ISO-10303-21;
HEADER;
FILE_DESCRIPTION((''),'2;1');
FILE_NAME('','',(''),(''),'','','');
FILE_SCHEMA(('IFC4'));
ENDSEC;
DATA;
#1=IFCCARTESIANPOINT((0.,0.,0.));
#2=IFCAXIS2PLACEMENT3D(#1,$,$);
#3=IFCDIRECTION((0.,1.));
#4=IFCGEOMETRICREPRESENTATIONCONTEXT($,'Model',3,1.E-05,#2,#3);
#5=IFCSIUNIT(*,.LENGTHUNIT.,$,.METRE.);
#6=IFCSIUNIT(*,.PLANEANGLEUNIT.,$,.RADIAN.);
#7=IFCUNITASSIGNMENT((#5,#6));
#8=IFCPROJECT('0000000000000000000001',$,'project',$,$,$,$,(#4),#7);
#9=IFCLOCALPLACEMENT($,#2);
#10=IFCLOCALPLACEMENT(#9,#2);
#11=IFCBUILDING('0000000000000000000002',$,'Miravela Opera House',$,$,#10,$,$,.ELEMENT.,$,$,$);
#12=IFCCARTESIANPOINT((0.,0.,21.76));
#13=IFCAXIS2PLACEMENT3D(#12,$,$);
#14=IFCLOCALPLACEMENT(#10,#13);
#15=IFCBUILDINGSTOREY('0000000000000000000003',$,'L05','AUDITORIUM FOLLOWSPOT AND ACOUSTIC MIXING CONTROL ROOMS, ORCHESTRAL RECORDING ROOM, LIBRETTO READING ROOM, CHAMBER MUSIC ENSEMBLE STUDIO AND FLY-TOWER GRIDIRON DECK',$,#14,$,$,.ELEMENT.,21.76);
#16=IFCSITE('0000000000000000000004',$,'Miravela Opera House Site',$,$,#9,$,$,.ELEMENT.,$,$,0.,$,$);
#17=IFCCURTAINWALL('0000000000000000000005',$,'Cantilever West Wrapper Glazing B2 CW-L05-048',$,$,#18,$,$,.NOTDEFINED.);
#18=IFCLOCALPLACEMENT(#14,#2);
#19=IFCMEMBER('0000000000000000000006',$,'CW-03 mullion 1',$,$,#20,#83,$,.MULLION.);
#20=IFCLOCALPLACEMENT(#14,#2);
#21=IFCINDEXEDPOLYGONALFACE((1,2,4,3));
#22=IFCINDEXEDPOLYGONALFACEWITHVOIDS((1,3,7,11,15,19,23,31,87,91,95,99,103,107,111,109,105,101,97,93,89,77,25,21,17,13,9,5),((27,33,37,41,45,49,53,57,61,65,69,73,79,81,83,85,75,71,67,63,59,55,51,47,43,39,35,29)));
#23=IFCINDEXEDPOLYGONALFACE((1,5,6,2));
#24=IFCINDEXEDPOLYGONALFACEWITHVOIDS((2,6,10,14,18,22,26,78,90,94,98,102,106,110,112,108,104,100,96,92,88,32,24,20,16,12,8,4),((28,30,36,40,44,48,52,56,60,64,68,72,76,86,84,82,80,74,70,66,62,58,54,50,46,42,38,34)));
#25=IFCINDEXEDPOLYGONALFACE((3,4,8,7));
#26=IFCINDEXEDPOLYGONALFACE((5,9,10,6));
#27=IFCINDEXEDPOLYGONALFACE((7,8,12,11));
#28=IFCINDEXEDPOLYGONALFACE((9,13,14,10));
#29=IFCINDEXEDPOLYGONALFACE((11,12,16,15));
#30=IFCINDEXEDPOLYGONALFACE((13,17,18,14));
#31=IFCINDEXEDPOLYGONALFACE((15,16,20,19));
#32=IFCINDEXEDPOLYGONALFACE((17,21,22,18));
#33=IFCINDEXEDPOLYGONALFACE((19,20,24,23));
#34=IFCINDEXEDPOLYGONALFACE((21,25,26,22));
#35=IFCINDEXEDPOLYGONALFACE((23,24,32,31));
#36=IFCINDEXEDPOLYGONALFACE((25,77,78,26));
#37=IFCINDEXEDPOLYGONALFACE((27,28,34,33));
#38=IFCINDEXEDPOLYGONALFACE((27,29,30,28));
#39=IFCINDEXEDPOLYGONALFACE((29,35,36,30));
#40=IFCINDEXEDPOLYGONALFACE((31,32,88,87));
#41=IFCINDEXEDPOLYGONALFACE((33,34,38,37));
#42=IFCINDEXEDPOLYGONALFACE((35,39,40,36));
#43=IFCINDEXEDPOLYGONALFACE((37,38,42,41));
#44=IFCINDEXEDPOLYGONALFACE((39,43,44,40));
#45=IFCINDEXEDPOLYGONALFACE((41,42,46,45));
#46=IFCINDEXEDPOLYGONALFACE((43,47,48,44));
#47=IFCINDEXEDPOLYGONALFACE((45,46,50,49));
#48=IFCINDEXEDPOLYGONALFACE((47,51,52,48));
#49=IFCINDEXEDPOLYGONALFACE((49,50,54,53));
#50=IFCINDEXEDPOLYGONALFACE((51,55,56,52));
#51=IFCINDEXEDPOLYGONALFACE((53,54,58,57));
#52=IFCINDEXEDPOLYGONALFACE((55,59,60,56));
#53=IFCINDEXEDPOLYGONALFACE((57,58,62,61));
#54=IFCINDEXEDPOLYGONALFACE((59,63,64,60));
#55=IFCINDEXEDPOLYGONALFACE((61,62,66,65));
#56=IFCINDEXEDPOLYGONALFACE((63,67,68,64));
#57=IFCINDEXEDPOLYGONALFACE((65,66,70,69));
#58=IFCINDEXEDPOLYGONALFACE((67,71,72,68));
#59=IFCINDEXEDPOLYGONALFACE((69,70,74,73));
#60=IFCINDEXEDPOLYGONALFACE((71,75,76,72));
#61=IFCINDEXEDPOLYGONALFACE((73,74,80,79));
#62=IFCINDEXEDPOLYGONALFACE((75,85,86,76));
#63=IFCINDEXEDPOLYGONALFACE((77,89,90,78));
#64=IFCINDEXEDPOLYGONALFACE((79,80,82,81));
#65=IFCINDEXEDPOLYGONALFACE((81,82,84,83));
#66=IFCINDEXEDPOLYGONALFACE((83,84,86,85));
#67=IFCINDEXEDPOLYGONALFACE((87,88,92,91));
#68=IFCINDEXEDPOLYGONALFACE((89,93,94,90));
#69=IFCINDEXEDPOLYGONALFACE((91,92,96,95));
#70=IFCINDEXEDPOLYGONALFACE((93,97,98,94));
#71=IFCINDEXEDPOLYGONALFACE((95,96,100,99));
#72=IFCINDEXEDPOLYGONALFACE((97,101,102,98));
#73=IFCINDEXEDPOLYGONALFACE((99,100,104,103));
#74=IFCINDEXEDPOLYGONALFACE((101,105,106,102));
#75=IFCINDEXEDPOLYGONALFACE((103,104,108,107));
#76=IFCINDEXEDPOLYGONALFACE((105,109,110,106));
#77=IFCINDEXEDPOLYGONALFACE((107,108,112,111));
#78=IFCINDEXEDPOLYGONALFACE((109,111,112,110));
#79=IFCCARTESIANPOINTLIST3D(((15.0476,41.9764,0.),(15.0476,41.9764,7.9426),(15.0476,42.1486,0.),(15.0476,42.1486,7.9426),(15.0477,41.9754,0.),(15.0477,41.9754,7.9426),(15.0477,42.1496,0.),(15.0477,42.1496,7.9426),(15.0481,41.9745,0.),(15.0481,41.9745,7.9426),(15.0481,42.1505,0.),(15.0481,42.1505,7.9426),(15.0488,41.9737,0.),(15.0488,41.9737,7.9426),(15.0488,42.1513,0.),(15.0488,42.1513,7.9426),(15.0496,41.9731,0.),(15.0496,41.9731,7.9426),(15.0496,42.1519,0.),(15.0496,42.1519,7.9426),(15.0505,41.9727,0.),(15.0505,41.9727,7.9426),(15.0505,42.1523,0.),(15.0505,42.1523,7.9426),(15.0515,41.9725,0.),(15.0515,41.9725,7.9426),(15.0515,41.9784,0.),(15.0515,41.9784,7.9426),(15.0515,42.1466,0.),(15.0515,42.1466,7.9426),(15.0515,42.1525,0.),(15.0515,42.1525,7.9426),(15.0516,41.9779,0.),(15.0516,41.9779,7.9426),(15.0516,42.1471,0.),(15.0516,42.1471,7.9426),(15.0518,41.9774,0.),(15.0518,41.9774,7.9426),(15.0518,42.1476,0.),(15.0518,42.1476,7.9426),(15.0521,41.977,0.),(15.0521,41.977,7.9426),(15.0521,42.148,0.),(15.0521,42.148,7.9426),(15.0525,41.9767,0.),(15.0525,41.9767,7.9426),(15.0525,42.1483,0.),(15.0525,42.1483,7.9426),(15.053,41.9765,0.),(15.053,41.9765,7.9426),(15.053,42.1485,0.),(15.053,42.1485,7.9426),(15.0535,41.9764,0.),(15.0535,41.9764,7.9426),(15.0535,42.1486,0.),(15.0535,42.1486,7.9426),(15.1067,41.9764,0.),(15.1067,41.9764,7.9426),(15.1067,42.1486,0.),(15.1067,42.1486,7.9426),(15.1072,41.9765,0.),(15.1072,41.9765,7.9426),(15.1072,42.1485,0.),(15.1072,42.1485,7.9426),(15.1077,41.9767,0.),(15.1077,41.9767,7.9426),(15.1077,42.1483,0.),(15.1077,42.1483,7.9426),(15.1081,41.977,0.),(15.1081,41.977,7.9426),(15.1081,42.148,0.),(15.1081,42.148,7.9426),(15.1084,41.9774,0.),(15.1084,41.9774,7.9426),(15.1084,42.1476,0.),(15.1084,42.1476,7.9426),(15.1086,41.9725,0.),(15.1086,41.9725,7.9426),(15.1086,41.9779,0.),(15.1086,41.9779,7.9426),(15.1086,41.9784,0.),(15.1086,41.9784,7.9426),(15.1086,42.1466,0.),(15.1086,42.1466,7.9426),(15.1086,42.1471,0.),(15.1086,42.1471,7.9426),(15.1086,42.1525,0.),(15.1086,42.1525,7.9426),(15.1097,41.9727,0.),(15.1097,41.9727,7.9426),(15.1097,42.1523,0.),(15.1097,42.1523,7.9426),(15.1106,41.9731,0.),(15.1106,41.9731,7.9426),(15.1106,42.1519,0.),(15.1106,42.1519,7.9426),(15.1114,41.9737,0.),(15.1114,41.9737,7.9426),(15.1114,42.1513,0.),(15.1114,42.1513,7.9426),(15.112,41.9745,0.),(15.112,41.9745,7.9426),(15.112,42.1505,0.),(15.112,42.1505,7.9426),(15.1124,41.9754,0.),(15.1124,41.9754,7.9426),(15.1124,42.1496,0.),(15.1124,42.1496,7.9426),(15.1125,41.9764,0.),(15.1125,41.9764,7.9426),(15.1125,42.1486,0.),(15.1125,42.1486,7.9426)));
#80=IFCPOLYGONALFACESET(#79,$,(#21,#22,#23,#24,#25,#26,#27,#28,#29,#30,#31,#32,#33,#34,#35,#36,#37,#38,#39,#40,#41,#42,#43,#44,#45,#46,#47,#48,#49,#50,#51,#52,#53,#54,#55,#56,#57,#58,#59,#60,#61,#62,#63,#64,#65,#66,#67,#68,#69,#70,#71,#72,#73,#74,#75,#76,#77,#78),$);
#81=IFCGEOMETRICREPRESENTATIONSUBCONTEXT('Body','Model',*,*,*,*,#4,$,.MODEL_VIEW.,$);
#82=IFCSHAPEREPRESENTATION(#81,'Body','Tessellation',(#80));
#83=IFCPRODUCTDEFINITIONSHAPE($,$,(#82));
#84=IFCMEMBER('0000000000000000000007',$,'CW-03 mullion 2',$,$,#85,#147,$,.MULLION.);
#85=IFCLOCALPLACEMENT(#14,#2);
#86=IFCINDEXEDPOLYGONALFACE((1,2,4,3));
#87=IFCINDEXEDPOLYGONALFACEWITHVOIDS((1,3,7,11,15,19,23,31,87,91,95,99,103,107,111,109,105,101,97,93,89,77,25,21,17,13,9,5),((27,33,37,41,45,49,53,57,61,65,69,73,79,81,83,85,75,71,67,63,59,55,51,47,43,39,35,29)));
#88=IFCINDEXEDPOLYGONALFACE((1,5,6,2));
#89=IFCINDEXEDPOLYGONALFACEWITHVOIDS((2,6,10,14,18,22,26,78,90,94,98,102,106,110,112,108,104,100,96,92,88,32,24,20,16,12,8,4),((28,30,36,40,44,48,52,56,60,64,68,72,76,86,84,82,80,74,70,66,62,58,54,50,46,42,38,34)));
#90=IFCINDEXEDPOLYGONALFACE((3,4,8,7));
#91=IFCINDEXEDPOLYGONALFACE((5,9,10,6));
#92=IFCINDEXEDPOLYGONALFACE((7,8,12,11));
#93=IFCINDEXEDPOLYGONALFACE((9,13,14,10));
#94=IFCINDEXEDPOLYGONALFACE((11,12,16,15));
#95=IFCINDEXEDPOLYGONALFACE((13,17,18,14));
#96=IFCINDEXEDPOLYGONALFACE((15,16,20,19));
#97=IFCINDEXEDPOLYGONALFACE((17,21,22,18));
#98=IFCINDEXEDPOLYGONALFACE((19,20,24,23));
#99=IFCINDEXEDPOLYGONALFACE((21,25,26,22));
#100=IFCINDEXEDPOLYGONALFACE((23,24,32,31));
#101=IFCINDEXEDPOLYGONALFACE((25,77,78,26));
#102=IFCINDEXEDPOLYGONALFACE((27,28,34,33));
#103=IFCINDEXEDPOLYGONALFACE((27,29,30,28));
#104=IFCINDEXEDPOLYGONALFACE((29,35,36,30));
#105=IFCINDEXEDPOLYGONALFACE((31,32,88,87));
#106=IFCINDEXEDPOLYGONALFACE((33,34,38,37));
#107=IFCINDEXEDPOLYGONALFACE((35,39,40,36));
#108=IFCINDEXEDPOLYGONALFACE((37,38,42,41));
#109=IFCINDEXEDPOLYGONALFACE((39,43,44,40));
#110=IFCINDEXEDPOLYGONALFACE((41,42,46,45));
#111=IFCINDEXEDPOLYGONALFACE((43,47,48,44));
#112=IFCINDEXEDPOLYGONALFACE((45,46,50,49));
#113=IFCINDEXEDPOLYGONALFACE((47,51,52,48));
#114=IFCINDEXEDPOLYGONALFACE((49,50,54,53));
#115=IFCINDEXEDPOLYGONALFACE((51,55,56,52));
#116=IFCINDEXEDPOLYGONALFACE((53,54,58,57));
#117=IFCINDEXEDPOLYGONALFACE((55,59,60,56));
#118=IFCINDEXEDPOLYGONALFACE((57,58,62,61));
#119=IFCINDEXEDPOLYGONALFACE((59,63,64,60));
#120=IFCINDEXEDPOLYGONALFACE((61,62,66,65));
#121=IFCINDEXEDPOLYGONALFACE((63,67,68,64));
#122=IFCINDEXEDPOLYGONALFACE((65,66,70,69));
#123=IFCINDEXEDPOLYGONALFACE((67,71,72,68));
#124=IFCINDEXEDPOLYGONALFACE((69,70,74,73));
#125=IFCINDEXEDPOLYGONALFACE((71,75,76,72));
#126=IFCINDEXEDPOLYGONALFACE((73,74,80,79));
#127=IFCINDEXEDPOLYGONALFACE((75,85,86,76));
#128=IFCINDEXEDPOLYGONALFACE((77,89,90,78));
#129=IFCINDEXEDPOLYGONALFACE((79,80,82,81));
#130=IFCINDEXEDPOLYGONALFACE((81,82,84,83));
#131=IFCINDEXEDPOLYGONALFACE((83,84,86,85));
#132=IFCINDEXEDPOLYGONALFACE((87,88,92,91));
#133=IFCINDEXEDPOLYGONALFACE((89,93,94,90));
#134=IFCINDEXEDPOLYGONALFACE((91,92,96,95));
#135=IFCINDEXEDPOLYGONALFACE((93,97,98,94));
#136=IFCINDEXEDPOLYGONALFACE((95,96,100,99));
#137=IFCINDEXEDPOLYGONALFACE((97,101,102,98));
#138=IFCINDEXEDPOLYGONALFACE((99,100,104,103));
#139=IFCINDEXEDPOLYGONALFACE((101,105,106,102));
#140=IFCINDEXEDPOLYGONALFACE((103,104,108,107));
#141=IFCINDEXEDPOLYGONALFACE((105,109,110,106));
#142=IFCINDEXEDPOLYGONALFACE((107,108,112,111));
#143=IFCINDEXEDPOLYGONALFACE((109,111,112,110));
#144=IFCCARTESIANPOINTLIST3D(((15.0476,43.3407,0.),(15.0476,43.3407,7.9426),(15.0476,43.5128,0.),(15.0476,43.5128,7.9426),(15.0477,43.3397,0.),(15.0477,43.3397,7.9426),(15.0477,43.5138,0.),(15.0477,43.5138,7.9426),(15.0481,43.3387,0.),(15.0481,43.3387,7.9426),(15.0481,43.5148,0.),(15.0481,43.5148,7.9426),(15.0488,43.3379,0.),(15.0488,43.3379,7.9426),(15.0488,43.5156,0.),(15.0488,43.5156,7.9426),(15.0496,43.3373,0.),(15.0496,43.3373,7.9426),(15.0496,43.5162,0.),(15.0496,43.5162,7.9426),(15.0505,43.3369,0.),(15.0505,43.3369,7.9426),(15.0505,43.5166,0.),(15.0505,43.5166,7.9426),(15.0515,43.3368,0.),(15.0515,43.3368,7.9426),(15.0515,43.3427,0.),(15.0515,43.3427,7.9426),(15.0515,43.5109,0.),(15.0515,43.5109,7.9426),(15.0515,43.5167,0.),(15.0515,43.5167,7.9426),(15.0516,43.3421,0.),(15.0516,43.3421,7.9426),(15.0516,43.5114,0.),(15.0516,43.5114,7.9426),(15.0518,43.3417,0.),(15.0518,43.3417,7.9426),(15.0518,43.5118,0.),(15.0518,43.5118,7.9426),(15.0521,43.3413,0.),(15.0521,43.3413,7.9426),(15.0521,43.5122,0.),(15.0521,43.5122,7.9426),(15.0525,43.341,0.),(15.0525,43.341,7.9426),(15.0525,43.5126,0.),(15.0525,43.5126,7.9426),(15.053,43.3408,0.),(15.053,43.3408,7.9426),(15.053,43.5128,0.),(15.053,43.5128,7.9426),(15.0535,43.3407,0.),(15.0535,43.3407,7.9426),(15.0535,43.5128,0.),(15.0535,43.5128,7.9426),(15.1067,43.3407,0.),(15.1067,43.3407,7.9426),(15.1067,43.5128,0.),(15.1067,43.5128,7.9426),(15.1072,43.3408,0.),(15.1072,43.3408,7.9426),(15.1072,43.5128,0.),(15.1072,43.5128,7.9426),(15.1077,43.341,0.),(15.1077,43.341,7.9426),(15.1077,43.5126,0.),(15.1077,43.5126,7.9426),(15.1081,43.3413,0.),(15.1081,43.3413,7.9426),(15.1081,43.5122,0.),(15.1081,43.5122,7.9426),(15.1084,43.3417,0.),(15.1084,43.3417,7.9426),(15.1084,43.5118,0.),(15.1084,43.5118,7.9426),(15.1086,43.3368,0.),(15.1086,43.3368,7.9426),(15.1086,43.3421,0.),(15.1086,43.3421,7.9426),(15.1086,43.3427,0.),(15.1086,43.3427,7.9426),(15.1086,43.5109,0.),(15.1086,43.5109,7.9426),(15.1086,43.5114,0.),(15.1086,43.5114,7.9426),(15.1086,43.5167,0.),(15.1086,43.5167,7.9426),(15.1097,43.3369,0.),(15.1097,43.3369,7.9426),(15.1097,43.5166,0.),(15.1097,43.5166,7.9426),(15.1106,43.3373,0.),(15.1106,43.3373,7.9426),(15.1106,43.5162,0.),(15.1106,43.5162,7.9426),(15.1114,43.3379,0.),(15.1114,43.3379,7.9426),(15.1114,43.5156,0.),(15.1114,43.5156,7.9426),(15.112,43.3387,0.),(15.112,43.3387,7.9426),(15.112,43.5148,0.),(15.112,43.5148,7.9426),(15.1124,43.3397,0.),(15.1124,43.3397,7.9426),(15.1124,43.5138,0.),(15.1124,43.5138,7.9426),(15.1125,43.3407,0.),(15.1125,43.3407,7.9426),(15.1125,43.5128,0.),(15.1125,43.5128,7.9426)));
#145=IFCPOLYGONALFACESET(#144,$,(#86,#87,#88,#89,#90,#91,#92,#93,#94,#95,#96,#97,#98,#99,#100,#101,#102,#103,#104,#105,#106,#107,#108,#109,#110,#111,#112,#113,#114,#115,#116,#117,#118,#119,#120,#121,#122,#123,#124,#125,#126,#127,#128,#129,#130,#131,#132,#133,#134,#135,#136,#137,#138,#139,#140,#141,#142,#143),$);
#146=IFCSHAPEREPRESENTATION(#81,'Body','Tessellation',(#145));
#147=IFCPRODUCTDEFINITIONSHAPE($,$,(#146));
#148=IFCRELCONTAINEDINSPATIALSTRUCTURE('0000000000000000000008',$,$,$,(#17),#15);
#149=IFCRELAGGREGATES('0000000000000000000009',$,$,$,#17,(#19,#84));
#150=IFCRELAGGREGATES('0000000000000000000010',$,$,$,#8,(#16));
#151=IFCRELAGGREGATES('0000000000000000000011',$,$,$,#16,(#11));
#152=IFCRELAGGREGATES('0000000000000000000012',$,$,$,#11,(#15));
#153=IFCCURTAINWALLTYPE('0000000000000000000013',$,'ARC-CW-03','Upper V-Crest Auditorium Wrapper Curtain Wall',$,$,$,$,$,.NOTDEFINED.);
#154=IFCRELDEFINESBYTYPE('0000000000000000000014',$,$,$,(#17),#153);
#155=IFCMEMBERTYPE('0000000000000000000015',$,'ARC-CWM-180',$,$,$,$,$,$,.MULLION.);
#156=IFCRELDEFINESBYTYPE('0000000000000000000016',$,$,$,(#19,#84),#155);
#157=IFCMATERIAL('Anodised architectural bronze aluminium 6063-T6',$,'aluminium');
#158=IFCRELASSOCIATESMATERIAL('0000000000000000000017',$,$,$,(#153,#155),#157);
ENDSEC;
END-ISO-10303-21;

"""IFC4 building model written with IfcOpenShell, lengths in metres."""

from ifc_helpers import new_model, si_unit, direction, frame, origin, origin_2d, place, context, subcontext, project, spatial, hollow_rectangle, extrude, material, material_profile, profile_set, type_object, element, aggregate, save


model = new_model("IFC4")

# Units and contexts
model_context = context("Model", 3, precision=1e-05, world=origin(), true_north=direction((0.0, 1.0)))
body_context = subcontext(model_context, "Body", "Model", "MODEL_VIEW")
ifc_project = project(units=[si_unit("LENGTHUNIT", "METRE"), si_unit("PLANEANGLEUNIT", "RADIAN")], contexts=[model_context])

# Site, building, storey
site_placement = place(None, origin())
site = spatial("IfcSite", under=ifc_project, at=site_placement, Name="Miravela Opera House Site", CompositionType="ELEMENT", RefElevation=0.0)
building_placement = place(site_placement, origin())
building = spatial("IfcBuilding", under=site, at=building_placement, Name="Miravela Opera House", CompositionType="ELEMENT")
storey_placement = place(building_placement, frame((0.0, 0.0, 21.76)))
storey = spatial("IfcBuildingStorey", under=building, at=storey_placement, Name="L05", Description="AUDITORIUM FOLLOWSPOT AND ACOUSTIC MIXING CONTROL ROOMS, ORCHESTRAL RECORDING ROOM, LIBRETTO READING ROOM, CHAMBER MUSIC ENSEMBLE STUDIO AND FLY-TOWER GRIDIRON DECK", CompositionType="ELEMENT", Elevation=21.76)

# Curtain wall, members
ifc_material_1 = material(Name="Anodised architectural bronze aluminium 6063-T6", Category="aluminium")
curtain_wall_type = type_object("IfcCurtainWallType", Name="ARC-CW-03", Description="Upper V-Crest Auditorium Wrapper Curtain Wall", PredefinedType="NOTDEFINED", material=ifc_material_1)
ifc_material_profile_1 = material_profile(ifc_material_1, hollow_rectangle(XDim=0.0649, YDim=0.1799, WallThickness=0.0039, InnerFilletRadius=0.002, OuterFilletRadius=0.0039, at=origin_2d()), Name="CWM-65X180")
ifc_profile_set_1 = profile_set([ifc_material_profile_1])
member_type_1 = type_object("IfcMemberType", Name="ARC-CWM-180", PredefinedType="MULLION", material=ifc_profile_set_1)
curtain_wall_1_placement = place(storey_placement, origin())
curtain_wall_1 = element("IfcCurtainWall", 1, at=curtain_wall_1_placement, inside=storey, type_object=curtain_wall_type, Name="Cantilever West Wrapper Glazing B2 CW-L05-048", PredefinedType="NOTDEFINED")
member_1_placement = place(storey_placement, frame((15.0801, 42.0625, 0.0), z_axis=(0.0, 0.0, 1.0), x_axis=(-1.0, 0.0, 0.0)))
member_1 = element("IfcMember", 2, at=member_1_placement, type_object=member_type_1, Name="CW-03 mullion 1", PredefinedType="MULLION", context=body_context, shape_type="SweptSolid", body=[
    extrude(hollow_rectangle(XDim=0.0649, YDim=0.1799, WallThickness=0.0039, InnerFilletRadius=0.002, OuterFilletRadius=0.0039, at=origin_2d()), origin(), (0.0, 0.0, 1.0), 7.9426),
])
member_2_placement = place(storey_placement, frame((15.0801, 43.4268, 0.0), z_axis=(0.0, 0.0, 1.0), x_axis=(-1.0, 0.0, 0.0)))
member_2 = element("IfcMember", 3, at=member_2_placement, type_object=member_type_1, Name="CW-03 mullion 2", PredefinedType="MULLION", context=body_context, shape_type="SweptSolid", body=[
    extrude(hollow_rectangle(XDim=0.0649, YDim=0.1799, WallThickness=0.0039, InnerFilletRadius=0.002, OuterFilletRadius=0.0039, at=origin_2d()), origin(), (0.0, 0.0, 1.0), 7.9426),
])

aggregate(curtain_wall_1, [member_1, member_2])

save(model, "model.ifc")
